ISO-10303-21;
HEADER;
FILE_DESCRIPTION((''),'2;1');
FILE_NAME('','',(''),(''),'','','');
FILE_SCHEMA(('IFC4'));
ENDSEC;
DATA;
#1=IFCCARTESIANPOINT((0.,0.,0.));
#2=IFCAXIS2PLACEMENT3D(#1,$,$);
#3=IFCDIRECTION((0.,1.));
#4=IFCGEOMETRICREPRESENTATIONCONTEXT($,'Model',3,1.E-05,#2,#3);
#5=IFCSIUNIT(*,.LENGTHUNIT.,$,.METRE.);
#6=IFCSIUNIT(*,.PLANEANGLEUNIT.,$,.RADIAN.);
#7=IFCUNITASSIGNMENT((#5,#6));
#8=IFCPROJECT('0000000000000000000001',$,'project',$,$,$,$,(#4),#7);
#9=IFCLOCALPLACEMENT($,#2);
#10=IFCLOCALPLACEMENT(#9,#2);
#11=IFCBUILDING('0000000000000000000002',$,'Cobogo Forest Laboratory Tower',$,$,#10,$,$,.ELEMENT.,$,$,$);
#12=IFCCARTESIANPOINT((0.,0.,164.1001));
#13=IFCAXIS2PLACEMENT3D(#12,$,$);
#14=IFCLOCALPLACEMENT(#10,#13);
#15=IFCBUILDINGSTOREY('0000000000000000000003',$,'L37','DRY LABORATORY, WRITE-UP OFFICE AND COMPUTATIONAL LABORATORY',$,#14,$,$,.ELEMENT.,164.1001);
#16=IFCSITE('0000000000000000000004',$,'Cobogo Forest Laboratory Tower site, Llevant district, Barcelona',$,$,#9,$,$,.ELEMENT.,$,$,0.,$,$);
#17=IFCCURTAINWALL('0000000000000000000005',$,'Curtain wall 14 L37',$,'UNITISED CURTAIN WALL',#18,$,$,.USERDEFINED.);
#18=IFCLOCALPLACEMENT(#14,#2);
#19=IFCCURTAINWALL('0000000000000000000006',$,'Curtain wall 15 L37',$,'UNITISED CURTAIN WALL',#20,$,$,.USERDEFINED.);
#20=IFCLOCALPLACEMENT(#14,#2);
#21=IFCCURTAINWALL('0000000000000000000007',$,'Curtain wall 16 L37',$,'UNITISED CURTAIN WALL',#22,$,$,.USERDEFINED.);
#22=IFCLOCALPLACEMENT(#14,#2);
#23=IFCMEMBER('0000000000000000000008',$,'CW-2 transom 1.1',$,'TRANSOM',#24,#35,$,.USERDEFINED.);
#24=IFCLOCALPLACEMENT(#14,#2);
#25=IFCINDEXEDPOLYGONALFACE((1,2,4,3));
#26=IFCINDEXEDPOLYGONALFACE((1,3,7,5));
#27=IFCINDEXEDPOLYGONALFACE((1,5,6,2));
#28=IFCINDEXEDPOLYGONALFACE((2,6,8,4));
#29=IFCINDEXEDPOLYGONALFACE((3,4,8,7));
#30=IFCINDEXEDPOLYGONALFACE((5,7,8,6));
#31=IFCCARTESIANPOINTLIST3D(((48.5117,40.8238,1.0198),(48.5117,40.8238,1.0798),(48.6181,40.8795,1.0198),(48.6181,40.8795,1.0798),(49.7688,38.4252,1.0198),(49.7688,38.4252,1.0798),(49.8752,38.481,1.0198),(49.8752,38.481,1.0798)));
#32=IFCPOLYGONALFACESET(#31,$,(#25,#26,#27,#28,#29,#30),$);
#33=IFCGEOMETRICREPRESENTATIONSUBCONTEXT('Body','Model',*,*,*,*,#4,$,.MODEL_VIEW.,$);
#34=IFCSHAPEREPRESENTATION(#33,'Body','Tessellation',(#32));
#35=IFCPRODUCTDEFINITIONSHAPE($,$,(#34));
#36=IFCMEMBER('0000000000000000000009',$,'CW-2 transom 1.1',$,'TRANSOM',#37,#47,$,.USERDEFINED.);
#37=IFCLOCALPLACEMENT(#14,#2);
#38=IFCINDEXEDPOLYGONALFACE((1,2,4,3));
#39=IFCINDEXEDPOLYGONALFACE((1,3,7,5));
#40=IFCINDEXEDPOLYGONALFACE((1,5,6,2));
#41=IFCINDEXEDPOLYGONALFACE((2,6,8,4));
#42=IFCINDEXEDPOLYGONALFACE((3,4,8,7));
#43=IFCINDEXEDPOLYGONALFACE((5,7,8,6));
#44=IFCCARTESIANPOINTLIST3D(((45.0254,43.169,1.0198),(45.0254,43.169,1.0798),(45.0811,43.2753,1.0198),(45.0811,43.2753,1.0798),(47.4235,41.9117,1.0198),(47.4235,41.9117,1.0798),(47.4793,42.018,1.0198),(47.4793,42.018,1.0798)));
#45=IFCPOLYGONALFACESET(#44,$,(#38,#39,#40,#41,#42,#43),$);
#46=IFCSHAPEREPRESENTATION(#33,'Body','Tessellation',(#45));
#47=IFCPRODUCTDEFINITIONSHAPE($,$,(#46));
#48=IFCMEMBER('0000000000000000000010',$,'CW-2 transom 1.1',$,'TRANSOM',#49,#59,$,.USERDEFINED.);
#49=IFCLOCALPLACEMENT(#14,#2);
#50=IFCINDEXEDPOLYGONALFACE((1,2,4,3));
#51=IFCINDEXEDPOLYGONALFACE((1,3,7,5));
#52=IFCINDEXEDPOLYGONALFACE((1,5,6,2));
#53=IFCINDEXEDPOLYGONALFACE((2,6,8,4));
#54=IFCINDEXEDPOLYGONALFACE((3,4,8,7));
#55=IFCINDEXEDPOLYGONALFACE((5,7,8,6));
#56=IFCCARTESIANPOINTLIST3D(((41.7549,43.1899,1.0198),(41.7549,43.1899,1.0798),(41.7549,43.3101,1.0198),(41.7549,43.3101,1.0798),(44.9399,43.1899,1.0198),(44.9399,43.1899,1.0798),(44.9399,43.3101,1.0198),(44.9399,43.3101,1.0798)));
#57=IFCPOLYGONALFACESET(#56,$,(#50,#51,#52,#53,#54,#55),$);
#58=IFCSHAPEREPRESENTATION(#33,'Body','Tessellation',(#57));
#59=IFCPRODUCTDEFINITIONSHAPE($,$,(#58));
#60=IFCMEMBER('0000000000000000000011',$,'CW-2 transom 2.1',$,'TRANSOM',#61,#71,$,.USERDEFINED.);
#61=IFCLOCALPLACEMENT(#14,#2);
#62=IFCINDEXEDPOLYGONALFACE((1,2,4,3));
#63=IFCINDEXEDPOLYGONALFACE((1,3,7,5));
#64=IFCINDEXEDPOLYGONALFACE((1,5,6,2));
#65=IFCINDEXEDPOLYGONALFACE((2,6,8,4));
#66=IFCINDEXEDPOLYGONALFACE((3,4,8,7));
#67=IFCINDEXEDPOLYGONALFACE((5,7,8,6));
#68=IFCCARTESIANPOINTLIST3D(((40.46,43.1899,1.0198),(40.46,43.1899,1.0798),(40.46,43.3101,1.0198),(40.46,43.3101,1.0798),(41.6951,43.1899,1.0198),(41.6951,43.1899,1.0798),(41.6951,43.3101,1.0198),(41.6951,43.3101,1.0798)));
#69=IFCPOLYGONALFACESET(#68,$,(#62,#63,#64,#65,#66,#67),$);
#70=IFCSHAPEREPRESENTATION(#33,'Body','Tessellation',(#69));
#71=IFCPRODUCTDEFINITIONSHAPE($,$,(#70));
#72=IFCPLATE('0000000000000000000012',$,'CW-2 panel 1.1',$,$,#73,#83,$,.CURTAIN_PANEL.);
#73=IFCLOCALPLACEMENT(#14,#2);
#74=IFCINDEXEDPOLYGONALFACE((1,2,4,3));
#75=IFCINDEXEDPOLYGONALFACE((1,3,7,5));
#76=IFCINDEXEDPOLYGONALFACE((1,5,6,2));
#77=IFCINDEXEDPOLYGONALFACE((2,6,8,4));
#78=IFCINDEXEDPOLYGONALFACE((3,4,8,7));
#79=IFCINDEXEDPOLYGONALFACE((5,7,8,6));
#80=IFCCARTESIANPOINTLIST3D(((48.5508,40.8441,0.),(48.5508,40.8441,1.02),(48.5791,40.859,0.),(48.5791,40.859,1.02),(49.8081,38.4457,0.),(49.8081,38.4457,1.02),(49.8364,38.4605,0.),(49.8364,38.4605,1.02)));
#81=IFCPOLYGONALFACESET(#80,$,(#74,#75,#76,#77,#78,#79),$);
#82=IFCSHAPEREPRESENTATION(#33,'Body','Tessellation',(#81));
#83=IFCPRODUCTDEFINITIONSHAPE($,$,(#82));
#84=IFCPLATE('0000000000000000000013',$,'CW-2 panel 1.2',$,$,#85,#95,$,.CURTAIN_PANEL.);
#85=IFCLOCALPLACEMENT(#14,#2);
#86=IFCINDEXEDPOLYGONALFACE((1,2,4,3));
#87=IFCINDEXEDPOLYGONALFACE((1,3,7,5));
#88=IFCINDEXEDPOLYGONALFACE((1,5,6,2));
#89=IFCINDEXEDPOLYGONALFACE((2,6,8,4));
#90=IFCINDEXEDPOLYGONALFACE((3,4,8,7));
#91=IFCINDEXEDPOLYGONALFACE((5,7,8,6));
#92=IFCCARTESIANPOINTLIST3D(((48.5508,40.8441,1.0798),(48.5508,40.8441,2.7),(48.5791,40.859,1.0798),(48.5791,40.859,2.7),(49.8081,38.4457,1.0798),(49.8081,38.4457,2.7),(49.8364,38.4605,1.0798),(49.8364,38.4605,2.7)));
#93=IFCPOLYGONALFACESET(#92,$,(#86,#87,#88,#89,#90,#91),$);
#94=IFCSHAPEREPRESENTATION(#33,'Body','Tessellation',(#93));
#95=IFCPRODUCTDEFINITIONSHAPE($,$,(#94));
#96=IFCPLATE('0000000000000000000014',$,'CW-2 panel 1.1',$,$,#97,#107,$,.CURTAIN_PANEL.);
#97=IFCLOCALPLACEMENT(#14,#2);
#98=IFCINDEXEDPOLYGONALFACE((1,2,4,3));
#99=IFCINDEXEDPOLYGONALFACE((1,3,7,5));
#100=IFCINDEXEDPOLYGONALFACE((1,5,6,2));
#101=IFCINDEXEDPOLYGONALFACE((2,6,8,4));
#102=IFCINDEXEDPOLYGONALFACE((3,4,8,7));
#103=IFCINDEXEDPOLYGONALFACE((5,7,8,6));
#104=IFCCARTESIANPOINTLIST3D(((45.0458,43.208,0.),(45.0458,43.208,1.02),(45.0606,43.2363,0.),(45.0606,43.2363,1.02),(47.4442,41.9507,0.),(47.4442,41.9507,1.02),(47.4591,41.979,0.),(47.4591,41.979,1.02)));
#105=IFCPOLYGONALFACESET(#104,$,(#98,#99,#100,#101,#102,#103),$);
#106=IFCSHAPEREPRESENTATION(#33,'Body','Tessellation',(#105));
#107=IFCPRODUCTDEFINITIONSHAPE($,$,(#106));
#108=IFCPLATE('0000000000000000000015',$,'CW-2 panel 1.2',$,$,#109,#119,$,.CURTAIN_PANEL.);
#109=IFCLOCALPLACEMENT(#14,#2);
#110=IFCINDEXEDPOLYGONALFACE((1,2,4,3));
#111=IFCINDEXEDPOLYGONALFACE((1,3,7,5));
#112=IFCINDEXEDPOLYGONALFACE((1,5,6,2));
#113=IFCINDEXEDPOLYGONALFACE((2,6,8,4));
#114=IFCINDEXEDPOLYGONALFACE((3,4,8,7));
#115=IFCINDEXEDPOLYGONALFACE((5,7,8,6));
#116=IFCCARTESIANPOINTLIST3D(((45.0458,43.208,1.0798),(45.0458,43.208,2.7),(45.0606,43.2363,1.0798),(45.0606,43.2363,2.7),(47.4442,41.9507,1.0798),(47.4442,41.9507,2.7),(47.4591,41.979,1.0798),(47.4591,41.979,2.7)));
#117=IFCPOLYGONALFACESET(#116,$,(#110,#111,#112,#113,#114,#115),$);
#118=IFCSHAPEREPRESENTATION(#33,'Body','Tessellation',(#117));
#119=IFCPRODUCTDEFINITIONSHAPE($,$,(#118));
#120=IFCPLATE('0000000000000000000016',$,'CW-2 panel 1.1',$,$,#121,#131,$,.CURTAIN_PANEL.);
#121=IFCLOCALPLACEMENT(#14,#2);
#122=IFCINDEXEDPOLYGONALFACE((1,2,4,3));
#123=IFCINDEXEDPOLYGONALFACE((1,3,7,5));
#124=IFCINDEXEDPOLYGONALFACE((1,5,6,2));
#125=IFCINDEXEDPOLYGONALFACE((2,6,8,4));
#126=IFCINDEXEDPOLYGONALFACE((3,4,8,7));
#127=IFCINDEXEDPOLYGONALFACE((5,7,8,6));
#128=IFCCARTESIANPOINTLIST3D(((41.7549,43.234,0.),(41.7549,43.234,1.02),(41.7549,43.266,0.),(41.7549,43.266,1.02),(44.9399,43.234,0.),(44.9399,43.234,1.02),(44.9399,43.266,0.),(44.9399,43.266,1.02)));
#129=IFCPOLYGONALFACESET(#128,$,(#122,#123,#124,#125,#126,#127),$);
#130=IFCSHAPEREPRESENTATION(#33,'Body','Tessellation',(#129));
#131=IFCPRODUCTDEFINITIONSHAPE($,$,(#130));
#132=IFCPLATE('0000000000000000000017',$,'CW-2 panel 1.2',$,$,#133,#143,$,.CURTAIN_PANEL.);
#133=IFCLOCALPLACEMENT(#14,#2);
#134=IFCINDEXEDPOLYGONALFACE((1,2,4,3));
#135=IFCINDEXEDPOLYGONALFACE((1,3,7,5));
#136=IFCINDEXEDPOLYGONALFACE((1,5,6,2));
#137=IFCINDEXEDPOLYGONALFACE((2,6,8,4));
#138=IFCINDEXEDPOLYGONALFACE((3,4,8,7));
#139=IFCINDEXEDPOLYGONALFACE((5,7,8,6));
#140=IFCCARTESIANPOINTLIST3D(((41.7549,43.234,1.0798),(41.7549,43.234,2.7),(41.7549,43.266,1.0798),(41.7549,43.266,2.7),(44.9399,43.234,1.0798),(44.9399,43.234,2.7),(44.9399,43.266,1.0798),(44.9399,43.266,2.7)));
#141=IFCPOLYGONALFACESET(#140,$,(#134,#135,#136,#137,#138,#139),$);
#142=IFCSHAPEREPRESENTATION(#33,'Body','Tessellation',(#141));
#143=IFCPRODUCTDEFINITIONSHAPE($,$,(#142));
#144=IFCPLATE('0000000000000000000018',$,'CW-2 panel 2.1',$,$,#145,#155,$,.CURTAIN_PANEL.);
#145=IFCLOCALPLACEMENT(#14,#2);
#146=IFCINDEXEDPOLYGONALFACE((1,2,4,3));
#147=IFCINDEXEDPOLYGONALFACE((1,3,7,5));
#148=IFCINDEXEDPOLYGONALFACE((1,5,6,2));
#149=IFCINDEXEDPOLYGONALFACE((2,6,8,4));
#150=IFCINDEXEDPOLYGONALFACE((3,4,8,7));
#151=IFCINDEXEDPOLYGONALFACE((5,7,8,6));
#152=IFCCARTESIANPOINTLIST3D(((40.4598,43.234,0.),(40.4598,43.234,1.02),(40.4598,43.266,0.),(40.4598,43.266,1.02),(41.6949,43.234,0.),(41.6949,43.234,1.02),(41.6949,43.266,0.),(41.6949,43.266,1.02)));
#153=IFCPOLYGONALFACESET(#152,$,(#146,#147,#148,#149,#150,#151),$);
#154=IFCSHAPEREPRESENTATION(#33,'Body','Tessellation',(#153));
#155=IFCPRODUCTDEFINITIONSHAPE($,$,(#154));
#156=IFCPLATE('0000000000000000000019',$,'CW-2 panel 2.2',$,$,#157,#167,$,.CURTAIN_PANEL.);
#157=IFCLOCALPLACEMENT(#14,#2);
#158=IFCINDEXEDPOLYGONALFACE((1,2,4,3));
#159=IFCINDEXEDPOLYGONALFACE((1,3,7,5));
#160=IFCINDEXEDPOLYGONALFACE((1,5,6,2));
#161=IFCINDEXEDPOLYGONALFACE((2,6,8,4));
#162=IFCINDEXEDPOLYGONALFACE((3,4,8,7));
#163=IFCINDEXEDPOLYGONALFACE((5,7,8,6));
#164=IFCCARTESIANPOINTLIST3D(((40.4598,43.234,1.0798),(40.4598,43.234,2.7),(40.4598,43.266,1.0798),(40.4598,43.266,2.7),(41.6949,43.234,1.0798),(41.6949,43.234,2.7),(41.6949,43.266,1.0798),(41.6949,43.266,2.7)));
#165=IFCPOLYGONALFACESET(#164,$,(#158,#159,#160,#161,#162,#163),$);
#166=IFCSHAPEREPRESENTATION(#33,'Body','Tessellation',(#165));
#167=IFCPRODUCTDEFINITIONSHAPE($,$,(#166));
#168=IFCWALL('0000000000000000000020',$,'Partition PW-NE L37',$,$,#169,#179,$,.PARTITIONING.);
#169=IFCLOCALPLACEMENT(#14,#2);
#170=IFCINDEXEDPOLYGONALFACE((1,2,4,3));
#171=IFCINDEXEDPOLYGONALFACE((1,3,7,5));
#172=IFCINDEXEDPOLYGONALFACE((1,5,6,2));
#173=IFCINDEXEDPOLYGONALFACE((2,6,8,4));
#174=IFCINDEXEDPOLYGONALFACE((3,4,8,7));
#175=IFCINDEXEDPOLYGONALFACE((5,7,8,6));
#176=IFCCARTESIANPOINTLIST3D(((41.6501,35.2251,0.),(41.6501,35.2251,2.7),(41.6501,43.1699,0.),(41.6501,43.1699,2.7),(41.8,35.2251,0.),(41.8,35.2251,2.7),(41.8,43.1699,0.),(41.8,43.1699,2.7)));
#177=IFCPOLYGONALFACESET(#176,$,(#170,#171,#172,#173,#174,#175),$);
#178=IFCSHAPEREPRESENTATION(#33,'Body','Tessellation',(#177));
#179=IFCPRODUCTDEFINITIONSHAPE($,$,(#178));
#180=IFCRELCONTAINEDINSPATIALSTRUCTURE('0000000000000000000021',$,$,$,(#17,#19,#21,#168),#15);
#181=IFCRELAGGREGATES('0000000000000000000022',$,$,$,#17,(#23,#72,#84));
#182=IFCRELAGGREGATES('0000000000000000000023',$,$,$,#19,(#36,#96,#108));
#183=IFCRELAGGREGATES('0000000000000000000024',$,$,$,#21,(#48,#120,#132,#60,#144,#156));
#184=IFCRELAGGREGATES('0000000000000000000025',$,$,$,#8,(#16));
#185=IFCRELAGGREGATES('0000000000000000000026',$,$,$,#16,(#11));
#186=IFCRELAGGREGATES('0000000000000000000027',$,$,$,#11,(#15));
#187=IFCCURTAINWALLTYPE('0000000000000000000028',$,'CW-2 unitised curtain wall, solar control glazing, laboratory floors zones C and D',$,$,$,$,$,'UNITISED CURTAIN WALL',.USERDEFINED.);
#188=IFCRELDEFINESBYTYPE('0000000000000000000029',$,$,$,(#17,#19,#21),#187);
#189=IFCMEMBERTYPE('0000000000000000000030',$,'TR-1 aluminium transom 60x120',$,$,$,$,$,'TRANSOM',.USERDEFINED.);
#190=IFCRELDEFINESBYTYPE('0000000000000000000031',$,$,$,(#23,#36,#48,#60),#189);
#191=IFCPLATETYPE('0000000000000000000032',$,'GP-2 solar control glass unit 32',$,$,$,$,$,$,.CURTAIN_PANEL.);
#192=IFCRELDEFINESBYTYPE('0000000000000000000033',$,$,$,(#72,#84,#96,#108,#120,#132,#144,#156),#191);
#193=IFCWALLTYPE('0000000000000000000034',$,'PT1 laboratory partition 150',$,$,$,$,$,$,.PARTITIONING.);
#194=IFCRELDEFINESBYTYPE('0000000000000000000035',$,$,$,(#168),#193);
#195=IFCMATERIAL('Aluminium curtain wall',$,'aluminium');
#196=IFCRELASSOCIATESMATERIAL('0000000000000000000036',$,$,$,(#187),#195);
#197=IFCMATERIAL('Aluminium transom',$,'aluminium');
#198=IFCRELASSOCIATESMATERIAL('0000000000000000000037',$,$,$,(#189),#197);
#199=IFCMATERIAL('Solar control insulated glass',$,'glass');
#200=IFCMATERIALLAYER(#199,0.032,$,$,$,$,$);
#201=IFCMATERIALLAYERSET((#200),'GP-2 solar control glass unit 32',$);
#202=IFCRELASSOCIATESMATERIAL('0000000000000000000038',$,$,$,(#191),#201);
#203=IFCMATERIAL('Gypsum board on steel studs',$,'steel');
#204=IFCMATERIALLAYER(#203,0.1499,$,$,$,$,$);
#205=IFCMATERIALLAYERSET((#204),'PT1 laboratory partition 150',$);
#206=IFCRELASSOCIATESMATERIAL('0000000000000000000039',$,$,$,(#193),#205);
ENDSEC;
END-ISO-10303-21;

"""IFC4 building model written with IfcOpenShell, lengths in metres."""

from ifc_helpers import new_model, si_unit, direction, frame, frame_2d, origin, origin_2d, place, context, subcontext, project, spatial, rectangle, extrude, material, layer, layer_set, material_profile, profile_set, type_object, element, aggregate, save


model = new_model("IFC4")

# Units and contexts
model_context = context("Model", 3, precision=1e-05, world=origin(), true_north=direction((0.0, 1.0)))
body_context = subcontext(model_context, "Body", "Model", "MODEL_VIEW")
ifc_project = project(units=[si_unit("LENGTHUNIT", "METRE"), si_unit("PLANEANGLEUNIT", "RADIAN")], contexts=[model_context])

# Site, building, storey
site_placement = place(None, origin())
site = spatial("IfcSite", under=ifc_project, at=site_placement, Name="Cobogo Forest Laboratory Tower site, Llevant district, Barcelona", CompositionType="ELEMENT", RefElevation=0.0)
building_placement = place(site_placement, origin())
building = spatial("IfcBuilding", under=site, at=building_placement, Name="Cobogo Forest Laboratory Tower", CompositionType="ELEMENT")
storey_placement = place(building_placement, frame((0.0, 0.0, 164.1001)))
storey = spatial("IfcBuildingStorey", under=building, at=storey_placement, Name="L37", Description="DRY LABORATORY, WRITE-UP OFFICE AND COMPUTATIONAL LABORATORY", CompositionType="ELEMENT", Elevation=164.1001)

# Curtain wall
ifc_material_1 = material(Name="Aluminium curtain wall", Category="aluminium")
curtain_wall_type = type_object("IfcCurtainWallType", Name="CW-2 unitised curtain wall, solar control glazing, laboratory floors zones C and D", ElementType="UNITISED CURTAIN WALL", PredefinedType="USERDEFINED", material=ifc_material_1)
curtain_wall_1_placement = place(storey_placement, origin())
curtain_wall_1 = element("IfcCurtainWall", 1, at=curtain_wall_1_placement, inside=storey, type_object=curtain_wall_type, Name="Curtain wall 14 L37", ObjectType="UNITISED CURTAIN WALL", PredefinedType="USERDEFINED")

# Curtain walls
curtain_wall_2_placement = place(storey_placement, origin())
curtain_wall_2 = element("IfcCurtainWall", 2, at=curtain_wall_2_placement, inside=storey, type_object=curtain_wall_type, Name="Curtain wall 15 L37", ObjectType="UNITISED CURTAIN WALL", PredefinedType="USERDEFINED")
curtain_wall_3_placement = place(storey_placement, origin())
curtain_wall_3 = element("IfcCurtainWall", 3, at=curtain_wall_3_placement, inside=storey, type_object=curtain_wall_type, Name="Curtain wall 16 L37", ObjectType="UNITISED CURTAIN WALL", PredefinedType="USERDEFINED")

# Members
ifc_material_2 = material(Name="Aluminium transom", Category="aluminium")
ifc_material_profile_1 = material_profile(ifc_material_2, rectangle(XDim=0.1201, YDim=0.0601, at=origin_2d()), Name="AL 60x120")
ifc_profile_set_1 = profile_set([ifc_material_profile_1], Name="Aluminium transom")
member_type_1 = type_object("IfcMemberType", Name="TR-1 aluminium transom 60x120", ElementType="TRANSOM", PredefinedType="USERDEFINED", material=ifc_profile_set_1)
member_1_placement = place(storey_placement, frame((49.822, 38.4531, 1.0498), z_axis=(-0.464226, 0.885717, 0.0), x_axis=(-0.885717, -0.464226, 0.0)))
member_1 = element("IfcMember", 4, at=member_1_placement, type_object=member_type_1, Name="CW-2 transom 1.1", ObjectType="TRANSOM", PredefinedType="USERDEFINED", context=body_context, shape_type="SweptSolid", body=[
    extrude(rectangle(XDim=0.1201, YDim=0.0601, at=origin_2d()), origin(), (0.0, 0.0, 1.0), 2.708),
])
member_2_placement = place(storey_placement, frame((47.4514, 41.9648, 1.0498), z_axis=(-0.88566, 0.464334, 0.0), x_axis=(-0.464334, -0.88566, 0.0)))
member_2 = element("IfcMember", 5, at=member_2_placement, type_object=member_type_1, Name="CW-2 transom 1.1", ObjectType="TRANSOM", PredefinedType="USERDEFINED", context=body_context, shape_type="SweptSolid", body=[
    extrude(rectangle(XDim=0.1201, YDim=0.0601, at=origin_2d()), origin(), (0.0, 0.0, 1.0), 2.7078),
])
member_3_placement = place(storey_placement, frame((44.9399, 43.25, 1.0498), z_axis=(-1.0, 0.0, 0.0), x_axis=(0.0, -1.0, 0.0)))
member_3 = element("IfcMember", 6, at=member_3_placement, type_object=member_type_1, Name="CW-2 transom 1.1", ObjectType="TRANSOM", PredefinedType="USERDEFINED", context=body_context, shape_type="SweptSolid", body=[
    extrude(rectangle(XDim=0.1201, YDim=0.0601, at=origin_2d()), origin(), (0.0, 0.0, 1.0), 3.1851),
])
member_4_placement = place(storey_placement, frame((41.6951, 43.25, 1.0498), z_axis=(-1.0, 0.0, 0.0), x_axis=(0.0, -1.0, 0.0)))
member_4 = element("IfcMember", 7, at=member_4_placement, type_object=member_type_1, Name="CW-2 transom 2.1", ObjectType="TRANSOM", PredefinedType="USERDEFINED", context=body_context, shape_type="SweptSolid", body=[
    extrude(rectangle(XDim=0.1201, YDim=0.0601, at=origin_2d()), origin(), (0.0, 0.0, 1.0), 1.2351),
])

# Plates
ifc_material_3 = material(Name="Solar control insulated glass", Category="glass")
ifc_layer_1 = layer(ifc_material_3, 0.032)
ifc_layer_set_1 = layer_set([ifc_layer_1], Name="GP-2 solar control glass unit 32")
plate_type = type_object("IfcPlateType", Name="GP-2 solar control glass unit 32", PredefinedType="CURTAIN_PANEL", material=ifc_layer_set_1)
plate_1_placement = place(storey_placement, frame((49.1936, 39.6523, 0.0), z_axis=(0.0, 0.0, 1.0), x_axis=(-0.464284, 0.885686, 0.0)))
plate_1 = element("IfcPlate", 8, at=plate_1_placement, type_object=plate_type, Name="CW-2 panel 1.1", PredefinedType="CURTAIN_PANEL", context=body_context, shape_type="SweptSolid", body=[
    extrude(rectangle(XDim=2.708, YDim=0.032, at=origin_2d()), origin(), (0.0, 0.0, 1.0), 1.02),
])
plate_2_placement = place(storey_placement, frame((49.1936, 39.6523, 1.0798), z_axis=(0.0, 0.0, 1.0), x_axis=(-0.464284, 0.885686, 0.0)))
plate_2 = element("IfcPlate", 9, at=plate_2_placement, type_object=plate_type, Name="CW-2 panel 1.2", PredefinedType="CURTAIN_PANEL", context=body_context, shape_type="SweptSolid", body=[
    extrude(rectangle(XDim=2.708, YDim=0.032, at=origin_2d()), origin(), (0.0, 0.0, 1.0), 1.6201),
])
aggregate(curtain_wall_1, [member_1, plate_1, plate_2])
plate_3_placement = place(storey_placement, frame((46.2524, 42.5935, 0.0), z_axis=(0.0, 0.0, 1.0), x_axis=(-0.885686, 0.464284, 0.0)))
plate_3 = element("IfcPlate", 10, at=plate_3_placement, type_object=plate_type, Name="CW-2 panel 1.1", PredefinedType="CURTAIN_PANEL", context=body_context, shape_type="SweptSolid", body=[
    extrude(rectangle(XDim=2.708, YDim=0.032, at=origin_2d()), origin(), (0.0, 0.0, 1.0), 1.02),
])
plate_4_placement = place(storey_placement, frame((46.2524, 42.5935, 1.0798), z_axis=(0.0, 0.0, 1.0), x_axis=(-0.885686, 0.464284, 0.0)))
plate_4 = element("IfcPlate", 11, at=plate_4_placement, type_object=plate_type, Name="CW-2 panel 1.2", PredefinedType="CURTAIN_PANEL", context=body_context, shape_type="SweptSolid", body=[
    extrude(rectangle(XDim=2.708, YDim=0.032, at=origin_2d()), origin(), (0.0, 0.0, 1.0), 1.6201),
])
aggregate(curtain_wall_2, [member_2, plate_3, plate_4])
plate_5_placement = place(storey_placement, frame((43.3474, 43.25, 0.0), z_axis=(0.0, 0.0, 1.0), x_axis=(-1.0, 0.0, 0.0)))
plate_5 = element("IfcPlate", 12, at=plate_5_placement, type_object=plate_type, Name="CW-2 panel 1.1", PredefinedType="CURTAIN_PANEL", context=body_context, shape_type="SweptSolid", body=[
    extrude(rectangle(XDim=3.1851, YDim=0.032, at=origin_2d()), origin(), (0.0, 0.0, 1.0), 1.02),
])
plate_6_placement = place(storey_placement, frame((43.3474, 43.25, 1.0798), z_axis=(0.0, 0.0, 1.0), x_axis=(-1.0, 0.0, 0.0)))
plate_6 = element("IfcPlate", 13, at=plate_6_placement, type_object=plate_type, Name="CW-2 panel 1.2", PredefinedType="CURTAIN_PANEL", context=body_context, shape_type="SweptSolid", body=[
    extrude(rectangle(XDim=3.1851, YDim=0.032, at=origin_2d()), origin(), (0.0, 0.0, 1.0), 1.6201),
])
plate_7_placement = place(storey_placement, frame((41.0774, 43.25, 0.0), z_axis=(0.0, 0.0, 1.0), x_axis=(-1.0, 0.0, 0.0)))
plate_7 = element("IfcPlate", 14, at=plate_7_placement, type_object=plate_type, Name="CW-2 panel 2.1", PredefinedType="CURTAIN_PANEL", context=body_context, shape_type="SweptSolid", body=[
    extrude(rectangle(XDim=1.2351, YDim=0.032, at=origin_2d()), origin(), (0.0, 0.0, 1.0), 1.02),
])
plate_8_placement = place(storey_placement, frame((41.0774, 43.25, 1.0798), z_axis=(0.0, 0.0, 1.0), x_axis=(-1.0, 0.0, 0.0)))
plate_8 = element("IfcPlate", 15, at=plate_8_placement, type_object=plate_type, Name="CW-2 panel 2.2", PredefinedType="CURTAIN_PANEL", context=body_context, shape_type="SweptSolid", body=[
    extrude(rectangle(XDim=1.2351, YDim=0.032, at=origin_2d()), origin(), (0.0, 0.0, 1.0), 1.6201),
])
aggregate(curtain_wall_3, [member_3, plate_5, plate_6, member_4, plate_7, plate_8])

# Wall
ifc_material_4 = material(Name="Gypsum board on steel studs", Category="steel")
ifc_layer_2 = layer(ifc_material_4, 0.1499)
ifc_layer_set_2 = layer_set([ifc_layer_2], Name="PT1 laboratory partition 150")
wall_type = type_object("IfcWallType", Name="PT1 laboratory partition 150", PredefinedType="PARTITIONING", material=ifc_layer_set_2)
wall_placement = place(storey_placement, frame((41.7251, 43.1699, 0.0), z_axis=(0.0, 0.0, 1.0), x_axis=(0.0, -1.0, 0.0)))
element("IfcWall", 16, at=wall_placement, inside=storey, type_object=wall_type, Name="Partition PW-NE L37", PredefinedType="PARTITIONING", context=body_context, shape_type="SweptSolid", body=[
    extrude(rectangle(XDim=7.9448, YDim=0.1499, at=frame_2d((3.9724, 0.0))), origin(), (0.0, 0.0, 1.0), 2.7),
])

save(model, "model.ifc")
